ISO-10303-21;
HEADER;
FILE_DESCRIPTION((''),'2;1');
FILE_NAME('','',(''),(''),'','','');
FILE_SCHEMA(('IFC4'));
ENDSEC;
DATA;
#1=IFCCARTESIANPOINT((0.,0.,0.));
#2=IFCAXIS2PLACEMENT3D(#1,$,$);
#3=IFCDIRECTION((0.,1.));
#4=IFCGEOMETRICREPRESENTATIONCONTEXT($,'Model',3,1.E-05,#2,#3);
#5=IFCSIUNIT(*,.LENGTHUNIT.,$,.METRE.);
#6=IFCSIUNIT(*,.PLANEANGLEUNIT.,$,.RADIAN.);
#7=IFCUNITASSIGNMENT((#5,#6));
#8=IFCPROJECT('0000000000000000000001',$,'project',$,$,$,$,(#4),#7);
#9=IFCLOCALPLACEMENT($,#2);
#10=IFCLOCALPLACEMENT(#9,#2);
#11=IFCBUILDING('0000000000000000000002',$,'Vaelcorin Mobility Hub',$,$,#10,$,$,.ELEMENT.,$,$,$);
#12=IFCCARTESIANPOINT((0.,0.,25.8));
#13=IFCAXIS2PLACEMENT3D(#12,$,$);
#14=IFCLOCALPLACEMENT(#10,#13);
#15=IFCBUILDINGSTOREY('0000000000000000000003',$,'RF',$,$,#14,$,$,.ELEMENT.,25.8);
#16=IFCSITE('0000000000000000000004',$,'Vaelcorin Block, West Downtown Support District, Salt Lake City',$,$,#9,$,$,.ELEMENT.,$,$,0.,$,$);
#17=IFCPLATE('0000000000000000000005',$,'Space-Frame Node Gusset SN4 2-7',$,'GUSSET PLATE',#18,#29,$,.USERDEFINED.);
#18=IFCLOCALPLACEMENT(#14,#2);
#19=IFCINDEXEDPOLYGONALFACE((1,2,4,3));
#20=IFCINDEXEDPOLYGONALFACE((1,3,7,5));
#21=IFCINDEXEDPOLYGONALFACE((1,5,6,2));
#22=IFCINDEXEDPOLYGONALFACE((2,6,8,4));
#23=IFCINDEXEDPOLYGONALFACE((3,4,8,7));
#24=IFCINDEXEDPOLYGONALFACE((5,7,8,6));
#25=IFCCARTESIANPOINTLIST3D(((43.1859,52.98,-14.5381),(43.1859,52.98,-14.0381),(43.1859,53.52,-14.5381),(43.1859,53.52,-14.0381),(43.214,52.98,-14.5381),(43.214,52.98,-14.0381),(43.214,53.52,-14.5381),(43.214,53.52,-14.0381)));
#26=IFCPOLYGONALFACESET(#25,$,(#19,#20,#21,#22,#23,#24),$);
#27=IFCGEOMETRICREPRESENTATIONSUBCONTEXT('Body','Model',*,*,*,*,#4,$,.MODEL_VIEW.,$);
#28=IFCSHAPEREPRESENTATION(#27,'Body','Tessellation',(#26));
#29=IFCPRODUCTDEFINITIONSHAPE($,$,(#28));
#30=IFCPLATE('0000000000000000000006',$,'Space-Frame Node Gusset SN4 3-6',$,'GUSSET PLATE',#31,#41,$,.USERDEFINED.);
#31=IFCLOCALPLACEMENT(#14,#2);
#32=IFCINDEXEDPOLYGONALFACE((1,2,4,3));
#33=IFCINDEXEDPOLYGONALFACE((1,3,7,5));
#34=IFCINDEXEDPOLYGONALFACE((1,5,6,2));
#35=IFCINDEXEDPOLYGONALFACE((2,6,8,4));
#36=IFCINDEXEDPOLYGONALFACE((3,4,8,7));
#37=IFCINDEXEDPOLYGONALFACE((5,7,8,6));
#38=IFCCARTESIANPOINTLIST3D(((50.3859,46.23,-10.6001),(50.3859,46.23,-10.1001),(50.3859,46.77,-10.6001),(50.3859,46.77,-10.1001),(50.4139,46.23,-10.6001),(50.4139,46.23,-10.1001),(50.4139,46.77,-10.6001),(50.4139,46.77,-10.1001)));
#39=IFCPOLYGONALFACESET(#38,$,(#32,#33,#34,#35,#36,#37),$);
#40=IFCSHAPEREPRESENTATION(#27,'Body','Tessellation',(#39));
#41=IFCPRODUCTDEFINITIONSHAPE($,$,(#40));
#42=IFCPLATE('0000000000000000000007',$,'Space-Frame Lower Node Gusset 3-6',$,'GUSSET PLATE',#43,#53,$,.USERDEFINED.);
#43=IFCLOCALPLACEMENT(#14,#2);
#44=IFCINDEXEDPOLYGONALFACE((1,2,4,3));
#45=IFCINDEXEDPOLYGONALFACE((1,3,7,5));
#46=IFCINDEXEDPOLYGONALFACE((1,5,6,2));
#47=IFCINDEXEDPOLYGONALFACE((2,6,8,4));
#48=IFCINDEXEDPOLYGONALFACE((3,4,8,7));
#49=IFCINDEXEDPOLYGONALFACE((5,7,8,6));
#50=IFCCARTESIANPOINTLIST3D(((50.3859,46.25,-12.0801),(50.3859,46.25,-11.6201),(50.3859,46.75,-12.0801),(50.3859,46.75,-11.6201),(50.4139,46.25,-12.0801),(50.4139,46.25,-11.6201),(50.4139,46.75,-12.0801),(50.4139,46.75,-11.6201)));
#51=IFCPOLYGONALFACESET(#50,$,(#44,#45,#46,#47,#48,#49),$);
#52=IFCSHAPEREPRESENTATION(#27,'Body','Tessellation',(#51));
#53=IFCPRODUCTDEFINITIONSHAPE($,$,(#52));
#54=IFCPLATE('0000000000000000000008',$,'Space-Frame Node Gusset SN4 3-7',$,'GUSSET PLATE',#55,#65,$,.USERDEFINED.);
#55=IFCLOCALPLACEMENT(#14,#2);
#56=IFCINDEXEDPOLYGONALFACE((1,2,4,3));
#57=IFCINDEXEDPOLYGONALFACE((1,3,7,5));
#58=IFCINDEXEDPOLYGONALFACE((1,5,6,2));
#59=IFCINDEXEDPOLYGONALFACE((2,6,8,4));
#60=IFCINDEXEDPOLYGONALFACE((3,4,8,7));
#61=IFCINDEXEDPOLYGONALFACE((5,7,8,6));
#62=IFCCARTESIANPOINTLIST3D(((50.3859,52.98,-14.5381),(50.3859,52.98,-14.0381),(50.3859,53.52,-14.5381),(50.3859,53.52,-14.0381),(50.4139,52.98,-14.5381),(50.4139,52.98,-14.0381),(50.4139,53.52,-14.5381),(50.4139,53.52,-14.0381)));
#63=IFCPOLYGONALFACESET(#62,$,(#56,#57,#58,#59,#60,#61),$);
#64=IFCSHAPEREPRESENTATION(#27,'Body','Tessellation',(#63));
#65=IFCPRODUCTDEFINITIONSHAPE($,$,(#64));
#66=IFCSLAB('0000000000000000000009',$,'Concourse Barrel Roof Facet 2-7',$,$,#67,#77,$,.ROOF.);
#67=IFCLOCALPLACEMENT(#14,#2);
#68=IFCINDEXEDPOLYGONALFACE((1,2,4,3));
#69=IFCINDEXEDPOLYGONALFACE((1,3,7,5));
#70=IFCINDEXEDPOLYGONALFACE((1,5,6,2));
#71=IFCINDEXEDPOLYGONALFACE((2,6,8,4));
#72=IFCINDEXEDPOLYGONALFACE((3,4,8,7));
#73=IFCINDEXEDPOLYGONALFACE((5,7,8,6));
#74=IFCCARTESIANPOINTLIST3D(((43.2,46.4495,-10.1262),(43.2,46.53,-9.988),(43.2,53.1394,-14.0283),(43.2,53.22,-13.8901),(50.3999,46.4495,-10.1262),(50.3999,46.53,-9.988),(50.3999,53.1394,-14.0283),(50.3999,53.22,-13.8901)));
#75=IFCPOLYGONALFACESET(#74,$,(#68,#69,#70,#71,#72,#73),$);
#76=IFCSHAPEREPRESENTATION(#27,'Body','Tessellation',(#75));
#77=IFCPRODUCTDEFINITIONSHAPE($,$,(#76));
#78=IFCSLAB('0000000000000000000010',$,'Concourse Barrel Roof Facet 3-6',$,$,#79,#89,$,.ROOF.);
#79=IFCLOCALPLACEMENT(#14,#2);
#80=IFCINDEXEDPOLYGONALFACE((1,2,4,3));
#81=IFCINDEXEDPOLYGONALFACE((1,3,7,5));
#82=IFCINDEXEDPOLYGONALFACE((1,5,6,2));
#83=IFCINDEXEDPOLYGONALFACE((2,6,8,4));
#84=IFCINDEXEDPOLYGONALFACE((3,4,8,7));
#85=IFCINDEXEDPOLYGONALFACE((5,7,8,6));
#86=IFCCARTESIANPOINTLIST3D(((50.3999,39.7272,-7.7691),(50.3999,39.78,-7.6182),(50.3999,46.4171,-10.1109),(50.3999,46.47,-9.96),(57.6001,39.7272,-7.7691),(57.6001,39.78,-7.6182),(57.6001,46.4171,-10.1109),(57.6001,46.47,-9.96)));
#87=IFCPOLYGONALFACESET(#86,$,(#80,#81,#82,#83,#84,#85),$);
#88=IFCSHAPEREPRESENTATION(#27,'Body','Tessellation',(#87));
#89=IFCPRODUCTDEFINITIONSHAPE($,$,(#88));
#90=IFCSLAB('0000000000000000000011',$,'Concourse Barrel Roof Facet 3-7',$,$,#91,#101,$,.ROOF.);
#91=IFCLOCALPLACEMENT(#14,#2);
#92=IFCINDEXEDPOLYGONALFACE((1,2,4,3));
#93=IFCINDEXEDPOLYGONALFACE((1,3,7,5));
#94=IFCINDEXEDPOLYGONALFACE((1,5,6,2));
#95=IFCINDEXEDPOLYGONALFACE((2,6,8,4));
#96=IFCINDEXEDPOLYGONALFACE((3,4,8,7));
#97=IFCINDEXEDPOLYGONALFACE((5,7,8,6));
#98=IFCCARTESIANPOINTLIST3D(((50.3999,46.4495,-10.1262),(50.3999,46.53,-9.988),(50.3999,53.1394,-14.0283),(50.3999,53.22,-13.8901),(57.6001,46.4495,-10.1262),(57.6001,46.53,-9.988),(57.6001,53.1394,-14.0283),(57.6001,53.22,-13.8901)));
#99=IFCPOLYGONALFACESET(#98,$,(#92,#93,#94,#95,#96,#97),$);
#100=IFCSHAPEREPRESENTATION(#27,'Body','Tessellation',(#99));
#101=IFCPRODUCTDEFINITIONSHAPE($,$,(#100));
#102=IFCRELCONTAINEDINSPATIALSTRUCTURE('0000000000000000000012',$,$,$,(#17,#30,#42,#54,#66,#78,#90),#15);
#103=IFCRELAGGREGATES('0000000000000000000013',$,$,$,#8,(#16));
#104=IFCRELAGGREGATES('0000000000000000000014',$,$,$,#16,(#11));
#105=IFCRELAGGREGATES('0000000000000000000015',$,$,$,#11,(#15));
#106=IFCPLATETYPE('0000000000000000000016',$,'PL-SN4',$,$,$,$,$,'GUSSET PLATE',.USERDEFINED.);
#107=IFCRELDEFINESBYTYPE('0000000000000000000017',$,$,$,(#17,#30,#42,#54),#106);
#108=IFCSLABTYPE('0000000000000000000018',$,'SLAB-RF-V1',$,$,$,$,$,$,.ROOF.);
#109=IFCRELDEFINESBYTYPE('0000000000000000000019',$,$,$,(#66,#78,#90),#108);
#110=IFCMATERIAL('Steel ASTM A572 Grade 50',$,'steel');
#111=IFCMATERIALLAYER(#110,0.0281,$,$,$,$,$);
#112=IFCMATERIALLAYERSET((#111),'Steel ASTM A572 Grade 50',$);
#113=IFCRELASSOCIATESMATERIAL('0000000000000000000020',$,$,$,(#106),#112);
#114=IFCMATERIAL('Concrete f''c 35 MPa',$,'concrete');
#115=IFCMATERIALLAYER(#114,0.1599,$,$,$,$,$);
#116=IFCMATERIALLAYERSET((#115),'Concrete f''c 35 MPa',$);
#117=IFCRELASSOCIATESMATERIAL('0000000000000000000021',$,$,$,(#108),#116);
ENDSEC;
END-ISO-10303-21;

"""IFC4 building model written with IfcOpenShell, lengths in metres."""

from ifc_helpers import new_model, si_unit, direction, frame, origin, origin_2d, place, context, subcontext, project, spatial, polyline, rectangle, outline, extrude, material, layer, layer_set, type_object, element, save


model = new_model("IFC4")

# Units and contexts
model_context = context("Model", 3, precision=1e-05, world=origin(), true_north=direction((0.0, 1.0)))
body_context = subcontext(model_context, "Body", "Model", "MODEL_VIEW")
ifc_project = project(units=[si_unit("LENGTHUNIT", "METRE"), si_unit("PLANEANGLEUNIT", "RADIAN")], contexts=[model_context])

# Site, building, storey
site_placement = place(None, origin())
site = spatial("IfcSite", under=ifc_project, at=site_placement, Name="Vaelcorin Block, West Downtown Support District, Salt Lake City", CompositionType="ELEMENT", RefElevation=0.0)
building_placement = place(site_placement, origin())
building = spatial("IfcBuilding", under=site, at=building_placement, Name="Vaelcorin Mobility Hub", CompositionType="ELEMENT")
storey_placement = place(building_placement, frame((0.0, 0.0, 25.8)))
storey = spatial("IfcBuildingStorey", under=building, at=storey_placement, Name="RF", CompositionType="ELEMENT", Elevation=25.8)

# Plates
ifc_material_1 = material(Name="Steel ASTM A572 Grade 50", Category="steel")
ifc_layer_1 = layer(ifc_material_1, 0.0281)
ifc_layer_set_1 = layer_set([ifc_layer_1], Name="Steel ASTM A572 Grade 50")
plate_type_1 = type_object("IfcPlateType", Name="PL-SN4", ElementType="GUSSET PLATE", PredefinedType="USERDEFINED", material=ifc_layer_set_1)
for number, where, z_axis, x_axis, name in (
    (1, (43.2, 53.25, -14.5381), (0.0, 0.0, 1.0), (1.0, 0.0, 0.0), "Space-Frame Node Gusset SN4 2-7"),
    (2, (50.3999, 46.5, -10.6001), (0.0, 0.0, 1.0), (1.0, 0.0, 0.0), "Space-Frame Node Gusset SN4 3-6"),
):
    element("IfcPlate", number, at=place(storey_placement, frame(where, z_axis=z_axis, x_axis=x_axis)), inside=storey, type_object=plate_type_1, Name=name, ObjectType="GUSSET PLATE", PredefinedType="USERDEFINED", context=body_context, shape_type="SweptSolid", body=[
        extrude(rectangle(XDim=0.0281, YDim=0.54, at=origin_2d()), origin(), (0.0, 0.0, 1.0), 0.5),
    ])
plate_1_placement = place(storey_placement, frame((50.3999, 46.5, -12.0801), z_axis=(0.0, 0.0, 1.0), x_axis=(1.0, 0.0, 0.0)))
element("IfcPlate", 3, at=plate_1_placement, inside=storey, type_object=plate_type_1, Name="Space-Frame Lower Node Gusset 3-6", ObjectType="GUSSET PLATE", PredefinedType="USERDEFINED", context=body_context, shape_type="SweptSolid", body=[
    extrude(rectangle(XDim=0.0281, YDim=0.5, at=origin_2d()), origin(), (0.0, 0.0, 1.0), 0.46),
])
plate_2_placement = place(storey_placement, frame((50.3999, 53.25, -14.5381), z_axis=(0.0, 0.0, 1.0), x_axis=(1.0, 0.0, 0.0)))
element("IfcPlate", 4, at=plate_2_placement, inside=storey, type_object=plate_type_1, Name="Space-Frame Node Gusset SN4 3-7", ObjectType="GUSSET PLATE", PredefinedType="USERDEFINED", context=body_context, shape_type="SweptSolid", body=[
    extrude(rectangle(XDim=0.0281, YDim=0.54, at=origin_2d()), origin(), (0.0, 0.0, 1.0), 0.5),
])

# Slabs
ifc_material_2 = material(Name="Concrete f'c 35 MPa", Category="concrete")
ifc_layer_2 = layer(ifc_material_2, 0.1599)
ifc_layer_set_2 = layer_set([ifc_layer_2], Name="Concrete f'c 35 MPa")
slab_type = type_object("IfcSlabType", Name="SLAB-RF-V1", PredefinedType="ROOF", material=ifc_layer_set_2)
slab_1_placement = place(storey_placement, frame((43.2, 46.53, -9.988), z_axis=(0.0, 0.503836, 0.863799), x_axis=(1.0, 0.0, 0.0)))
element("IfcSlab", 5, at=slab_1_placement, inside=storey, type_object=slab_type, Name="Concourse Barrel Roof Facet 2-7", PredefinedType="ROOF", context=body_context, shape_type="SweptSolid", body=[
    extrude(outline(polyline([(0.0, 0.0), (7.2, 0.0), (7.2, 7.7448), (0.0, 7.7448), (0.0, 0.0)])), origin(), (0.0, 0.0, -1.0), 0.1599),
])
slab_2_placement = place(storey_placement, frame((50.3999, 39.78, -7.6182), z_axis=(0.0, 0.33039, 0.943844), x_axis=(1.0, 0.0, 0.0)))
element("IfcSlab", 6, at=slab_2_placement, inside=storey, type_object=slab_type, Name="Concourse Barrel Roof Facet 3-6", PredefinedType="ROOF", context=body_context, shape_type="SweptSolid", body=[
    extrude(outline(polyline([(0.0, 0.0), (7.2002, 0.0), (7.2002, 7.088), (0.0, 7.088), (0.0, 0.0)])), origin(), (0.0, 0.0, -1.0), 0.1599),
])
slab_3_placement = place(storey_placement, frame((50.3999, 46.53, -9.988), z_axis=(0.0, 0.503836, 0.863799), x_axis=(1.0, 0.0, 0.0)))
element("IfcSlab", 7, at=slab_3_placement, inside=storey, type_object=slab_type, Name="Concourse Barrel Roof Facet 3-7", PredefinedType="ROOF", context=body_context, shape_type="SweptSolid", body=[
    extrude(outline(polyline([(0.0, 0.0), (7.2002, 0.0), (7.2002, 7.7448), (0.0, 7.7448), (0.0, 0.0)])), origin(), (0.0, 0.0, -1.0), 0.1599),
])

save(model, "model.ifc")
